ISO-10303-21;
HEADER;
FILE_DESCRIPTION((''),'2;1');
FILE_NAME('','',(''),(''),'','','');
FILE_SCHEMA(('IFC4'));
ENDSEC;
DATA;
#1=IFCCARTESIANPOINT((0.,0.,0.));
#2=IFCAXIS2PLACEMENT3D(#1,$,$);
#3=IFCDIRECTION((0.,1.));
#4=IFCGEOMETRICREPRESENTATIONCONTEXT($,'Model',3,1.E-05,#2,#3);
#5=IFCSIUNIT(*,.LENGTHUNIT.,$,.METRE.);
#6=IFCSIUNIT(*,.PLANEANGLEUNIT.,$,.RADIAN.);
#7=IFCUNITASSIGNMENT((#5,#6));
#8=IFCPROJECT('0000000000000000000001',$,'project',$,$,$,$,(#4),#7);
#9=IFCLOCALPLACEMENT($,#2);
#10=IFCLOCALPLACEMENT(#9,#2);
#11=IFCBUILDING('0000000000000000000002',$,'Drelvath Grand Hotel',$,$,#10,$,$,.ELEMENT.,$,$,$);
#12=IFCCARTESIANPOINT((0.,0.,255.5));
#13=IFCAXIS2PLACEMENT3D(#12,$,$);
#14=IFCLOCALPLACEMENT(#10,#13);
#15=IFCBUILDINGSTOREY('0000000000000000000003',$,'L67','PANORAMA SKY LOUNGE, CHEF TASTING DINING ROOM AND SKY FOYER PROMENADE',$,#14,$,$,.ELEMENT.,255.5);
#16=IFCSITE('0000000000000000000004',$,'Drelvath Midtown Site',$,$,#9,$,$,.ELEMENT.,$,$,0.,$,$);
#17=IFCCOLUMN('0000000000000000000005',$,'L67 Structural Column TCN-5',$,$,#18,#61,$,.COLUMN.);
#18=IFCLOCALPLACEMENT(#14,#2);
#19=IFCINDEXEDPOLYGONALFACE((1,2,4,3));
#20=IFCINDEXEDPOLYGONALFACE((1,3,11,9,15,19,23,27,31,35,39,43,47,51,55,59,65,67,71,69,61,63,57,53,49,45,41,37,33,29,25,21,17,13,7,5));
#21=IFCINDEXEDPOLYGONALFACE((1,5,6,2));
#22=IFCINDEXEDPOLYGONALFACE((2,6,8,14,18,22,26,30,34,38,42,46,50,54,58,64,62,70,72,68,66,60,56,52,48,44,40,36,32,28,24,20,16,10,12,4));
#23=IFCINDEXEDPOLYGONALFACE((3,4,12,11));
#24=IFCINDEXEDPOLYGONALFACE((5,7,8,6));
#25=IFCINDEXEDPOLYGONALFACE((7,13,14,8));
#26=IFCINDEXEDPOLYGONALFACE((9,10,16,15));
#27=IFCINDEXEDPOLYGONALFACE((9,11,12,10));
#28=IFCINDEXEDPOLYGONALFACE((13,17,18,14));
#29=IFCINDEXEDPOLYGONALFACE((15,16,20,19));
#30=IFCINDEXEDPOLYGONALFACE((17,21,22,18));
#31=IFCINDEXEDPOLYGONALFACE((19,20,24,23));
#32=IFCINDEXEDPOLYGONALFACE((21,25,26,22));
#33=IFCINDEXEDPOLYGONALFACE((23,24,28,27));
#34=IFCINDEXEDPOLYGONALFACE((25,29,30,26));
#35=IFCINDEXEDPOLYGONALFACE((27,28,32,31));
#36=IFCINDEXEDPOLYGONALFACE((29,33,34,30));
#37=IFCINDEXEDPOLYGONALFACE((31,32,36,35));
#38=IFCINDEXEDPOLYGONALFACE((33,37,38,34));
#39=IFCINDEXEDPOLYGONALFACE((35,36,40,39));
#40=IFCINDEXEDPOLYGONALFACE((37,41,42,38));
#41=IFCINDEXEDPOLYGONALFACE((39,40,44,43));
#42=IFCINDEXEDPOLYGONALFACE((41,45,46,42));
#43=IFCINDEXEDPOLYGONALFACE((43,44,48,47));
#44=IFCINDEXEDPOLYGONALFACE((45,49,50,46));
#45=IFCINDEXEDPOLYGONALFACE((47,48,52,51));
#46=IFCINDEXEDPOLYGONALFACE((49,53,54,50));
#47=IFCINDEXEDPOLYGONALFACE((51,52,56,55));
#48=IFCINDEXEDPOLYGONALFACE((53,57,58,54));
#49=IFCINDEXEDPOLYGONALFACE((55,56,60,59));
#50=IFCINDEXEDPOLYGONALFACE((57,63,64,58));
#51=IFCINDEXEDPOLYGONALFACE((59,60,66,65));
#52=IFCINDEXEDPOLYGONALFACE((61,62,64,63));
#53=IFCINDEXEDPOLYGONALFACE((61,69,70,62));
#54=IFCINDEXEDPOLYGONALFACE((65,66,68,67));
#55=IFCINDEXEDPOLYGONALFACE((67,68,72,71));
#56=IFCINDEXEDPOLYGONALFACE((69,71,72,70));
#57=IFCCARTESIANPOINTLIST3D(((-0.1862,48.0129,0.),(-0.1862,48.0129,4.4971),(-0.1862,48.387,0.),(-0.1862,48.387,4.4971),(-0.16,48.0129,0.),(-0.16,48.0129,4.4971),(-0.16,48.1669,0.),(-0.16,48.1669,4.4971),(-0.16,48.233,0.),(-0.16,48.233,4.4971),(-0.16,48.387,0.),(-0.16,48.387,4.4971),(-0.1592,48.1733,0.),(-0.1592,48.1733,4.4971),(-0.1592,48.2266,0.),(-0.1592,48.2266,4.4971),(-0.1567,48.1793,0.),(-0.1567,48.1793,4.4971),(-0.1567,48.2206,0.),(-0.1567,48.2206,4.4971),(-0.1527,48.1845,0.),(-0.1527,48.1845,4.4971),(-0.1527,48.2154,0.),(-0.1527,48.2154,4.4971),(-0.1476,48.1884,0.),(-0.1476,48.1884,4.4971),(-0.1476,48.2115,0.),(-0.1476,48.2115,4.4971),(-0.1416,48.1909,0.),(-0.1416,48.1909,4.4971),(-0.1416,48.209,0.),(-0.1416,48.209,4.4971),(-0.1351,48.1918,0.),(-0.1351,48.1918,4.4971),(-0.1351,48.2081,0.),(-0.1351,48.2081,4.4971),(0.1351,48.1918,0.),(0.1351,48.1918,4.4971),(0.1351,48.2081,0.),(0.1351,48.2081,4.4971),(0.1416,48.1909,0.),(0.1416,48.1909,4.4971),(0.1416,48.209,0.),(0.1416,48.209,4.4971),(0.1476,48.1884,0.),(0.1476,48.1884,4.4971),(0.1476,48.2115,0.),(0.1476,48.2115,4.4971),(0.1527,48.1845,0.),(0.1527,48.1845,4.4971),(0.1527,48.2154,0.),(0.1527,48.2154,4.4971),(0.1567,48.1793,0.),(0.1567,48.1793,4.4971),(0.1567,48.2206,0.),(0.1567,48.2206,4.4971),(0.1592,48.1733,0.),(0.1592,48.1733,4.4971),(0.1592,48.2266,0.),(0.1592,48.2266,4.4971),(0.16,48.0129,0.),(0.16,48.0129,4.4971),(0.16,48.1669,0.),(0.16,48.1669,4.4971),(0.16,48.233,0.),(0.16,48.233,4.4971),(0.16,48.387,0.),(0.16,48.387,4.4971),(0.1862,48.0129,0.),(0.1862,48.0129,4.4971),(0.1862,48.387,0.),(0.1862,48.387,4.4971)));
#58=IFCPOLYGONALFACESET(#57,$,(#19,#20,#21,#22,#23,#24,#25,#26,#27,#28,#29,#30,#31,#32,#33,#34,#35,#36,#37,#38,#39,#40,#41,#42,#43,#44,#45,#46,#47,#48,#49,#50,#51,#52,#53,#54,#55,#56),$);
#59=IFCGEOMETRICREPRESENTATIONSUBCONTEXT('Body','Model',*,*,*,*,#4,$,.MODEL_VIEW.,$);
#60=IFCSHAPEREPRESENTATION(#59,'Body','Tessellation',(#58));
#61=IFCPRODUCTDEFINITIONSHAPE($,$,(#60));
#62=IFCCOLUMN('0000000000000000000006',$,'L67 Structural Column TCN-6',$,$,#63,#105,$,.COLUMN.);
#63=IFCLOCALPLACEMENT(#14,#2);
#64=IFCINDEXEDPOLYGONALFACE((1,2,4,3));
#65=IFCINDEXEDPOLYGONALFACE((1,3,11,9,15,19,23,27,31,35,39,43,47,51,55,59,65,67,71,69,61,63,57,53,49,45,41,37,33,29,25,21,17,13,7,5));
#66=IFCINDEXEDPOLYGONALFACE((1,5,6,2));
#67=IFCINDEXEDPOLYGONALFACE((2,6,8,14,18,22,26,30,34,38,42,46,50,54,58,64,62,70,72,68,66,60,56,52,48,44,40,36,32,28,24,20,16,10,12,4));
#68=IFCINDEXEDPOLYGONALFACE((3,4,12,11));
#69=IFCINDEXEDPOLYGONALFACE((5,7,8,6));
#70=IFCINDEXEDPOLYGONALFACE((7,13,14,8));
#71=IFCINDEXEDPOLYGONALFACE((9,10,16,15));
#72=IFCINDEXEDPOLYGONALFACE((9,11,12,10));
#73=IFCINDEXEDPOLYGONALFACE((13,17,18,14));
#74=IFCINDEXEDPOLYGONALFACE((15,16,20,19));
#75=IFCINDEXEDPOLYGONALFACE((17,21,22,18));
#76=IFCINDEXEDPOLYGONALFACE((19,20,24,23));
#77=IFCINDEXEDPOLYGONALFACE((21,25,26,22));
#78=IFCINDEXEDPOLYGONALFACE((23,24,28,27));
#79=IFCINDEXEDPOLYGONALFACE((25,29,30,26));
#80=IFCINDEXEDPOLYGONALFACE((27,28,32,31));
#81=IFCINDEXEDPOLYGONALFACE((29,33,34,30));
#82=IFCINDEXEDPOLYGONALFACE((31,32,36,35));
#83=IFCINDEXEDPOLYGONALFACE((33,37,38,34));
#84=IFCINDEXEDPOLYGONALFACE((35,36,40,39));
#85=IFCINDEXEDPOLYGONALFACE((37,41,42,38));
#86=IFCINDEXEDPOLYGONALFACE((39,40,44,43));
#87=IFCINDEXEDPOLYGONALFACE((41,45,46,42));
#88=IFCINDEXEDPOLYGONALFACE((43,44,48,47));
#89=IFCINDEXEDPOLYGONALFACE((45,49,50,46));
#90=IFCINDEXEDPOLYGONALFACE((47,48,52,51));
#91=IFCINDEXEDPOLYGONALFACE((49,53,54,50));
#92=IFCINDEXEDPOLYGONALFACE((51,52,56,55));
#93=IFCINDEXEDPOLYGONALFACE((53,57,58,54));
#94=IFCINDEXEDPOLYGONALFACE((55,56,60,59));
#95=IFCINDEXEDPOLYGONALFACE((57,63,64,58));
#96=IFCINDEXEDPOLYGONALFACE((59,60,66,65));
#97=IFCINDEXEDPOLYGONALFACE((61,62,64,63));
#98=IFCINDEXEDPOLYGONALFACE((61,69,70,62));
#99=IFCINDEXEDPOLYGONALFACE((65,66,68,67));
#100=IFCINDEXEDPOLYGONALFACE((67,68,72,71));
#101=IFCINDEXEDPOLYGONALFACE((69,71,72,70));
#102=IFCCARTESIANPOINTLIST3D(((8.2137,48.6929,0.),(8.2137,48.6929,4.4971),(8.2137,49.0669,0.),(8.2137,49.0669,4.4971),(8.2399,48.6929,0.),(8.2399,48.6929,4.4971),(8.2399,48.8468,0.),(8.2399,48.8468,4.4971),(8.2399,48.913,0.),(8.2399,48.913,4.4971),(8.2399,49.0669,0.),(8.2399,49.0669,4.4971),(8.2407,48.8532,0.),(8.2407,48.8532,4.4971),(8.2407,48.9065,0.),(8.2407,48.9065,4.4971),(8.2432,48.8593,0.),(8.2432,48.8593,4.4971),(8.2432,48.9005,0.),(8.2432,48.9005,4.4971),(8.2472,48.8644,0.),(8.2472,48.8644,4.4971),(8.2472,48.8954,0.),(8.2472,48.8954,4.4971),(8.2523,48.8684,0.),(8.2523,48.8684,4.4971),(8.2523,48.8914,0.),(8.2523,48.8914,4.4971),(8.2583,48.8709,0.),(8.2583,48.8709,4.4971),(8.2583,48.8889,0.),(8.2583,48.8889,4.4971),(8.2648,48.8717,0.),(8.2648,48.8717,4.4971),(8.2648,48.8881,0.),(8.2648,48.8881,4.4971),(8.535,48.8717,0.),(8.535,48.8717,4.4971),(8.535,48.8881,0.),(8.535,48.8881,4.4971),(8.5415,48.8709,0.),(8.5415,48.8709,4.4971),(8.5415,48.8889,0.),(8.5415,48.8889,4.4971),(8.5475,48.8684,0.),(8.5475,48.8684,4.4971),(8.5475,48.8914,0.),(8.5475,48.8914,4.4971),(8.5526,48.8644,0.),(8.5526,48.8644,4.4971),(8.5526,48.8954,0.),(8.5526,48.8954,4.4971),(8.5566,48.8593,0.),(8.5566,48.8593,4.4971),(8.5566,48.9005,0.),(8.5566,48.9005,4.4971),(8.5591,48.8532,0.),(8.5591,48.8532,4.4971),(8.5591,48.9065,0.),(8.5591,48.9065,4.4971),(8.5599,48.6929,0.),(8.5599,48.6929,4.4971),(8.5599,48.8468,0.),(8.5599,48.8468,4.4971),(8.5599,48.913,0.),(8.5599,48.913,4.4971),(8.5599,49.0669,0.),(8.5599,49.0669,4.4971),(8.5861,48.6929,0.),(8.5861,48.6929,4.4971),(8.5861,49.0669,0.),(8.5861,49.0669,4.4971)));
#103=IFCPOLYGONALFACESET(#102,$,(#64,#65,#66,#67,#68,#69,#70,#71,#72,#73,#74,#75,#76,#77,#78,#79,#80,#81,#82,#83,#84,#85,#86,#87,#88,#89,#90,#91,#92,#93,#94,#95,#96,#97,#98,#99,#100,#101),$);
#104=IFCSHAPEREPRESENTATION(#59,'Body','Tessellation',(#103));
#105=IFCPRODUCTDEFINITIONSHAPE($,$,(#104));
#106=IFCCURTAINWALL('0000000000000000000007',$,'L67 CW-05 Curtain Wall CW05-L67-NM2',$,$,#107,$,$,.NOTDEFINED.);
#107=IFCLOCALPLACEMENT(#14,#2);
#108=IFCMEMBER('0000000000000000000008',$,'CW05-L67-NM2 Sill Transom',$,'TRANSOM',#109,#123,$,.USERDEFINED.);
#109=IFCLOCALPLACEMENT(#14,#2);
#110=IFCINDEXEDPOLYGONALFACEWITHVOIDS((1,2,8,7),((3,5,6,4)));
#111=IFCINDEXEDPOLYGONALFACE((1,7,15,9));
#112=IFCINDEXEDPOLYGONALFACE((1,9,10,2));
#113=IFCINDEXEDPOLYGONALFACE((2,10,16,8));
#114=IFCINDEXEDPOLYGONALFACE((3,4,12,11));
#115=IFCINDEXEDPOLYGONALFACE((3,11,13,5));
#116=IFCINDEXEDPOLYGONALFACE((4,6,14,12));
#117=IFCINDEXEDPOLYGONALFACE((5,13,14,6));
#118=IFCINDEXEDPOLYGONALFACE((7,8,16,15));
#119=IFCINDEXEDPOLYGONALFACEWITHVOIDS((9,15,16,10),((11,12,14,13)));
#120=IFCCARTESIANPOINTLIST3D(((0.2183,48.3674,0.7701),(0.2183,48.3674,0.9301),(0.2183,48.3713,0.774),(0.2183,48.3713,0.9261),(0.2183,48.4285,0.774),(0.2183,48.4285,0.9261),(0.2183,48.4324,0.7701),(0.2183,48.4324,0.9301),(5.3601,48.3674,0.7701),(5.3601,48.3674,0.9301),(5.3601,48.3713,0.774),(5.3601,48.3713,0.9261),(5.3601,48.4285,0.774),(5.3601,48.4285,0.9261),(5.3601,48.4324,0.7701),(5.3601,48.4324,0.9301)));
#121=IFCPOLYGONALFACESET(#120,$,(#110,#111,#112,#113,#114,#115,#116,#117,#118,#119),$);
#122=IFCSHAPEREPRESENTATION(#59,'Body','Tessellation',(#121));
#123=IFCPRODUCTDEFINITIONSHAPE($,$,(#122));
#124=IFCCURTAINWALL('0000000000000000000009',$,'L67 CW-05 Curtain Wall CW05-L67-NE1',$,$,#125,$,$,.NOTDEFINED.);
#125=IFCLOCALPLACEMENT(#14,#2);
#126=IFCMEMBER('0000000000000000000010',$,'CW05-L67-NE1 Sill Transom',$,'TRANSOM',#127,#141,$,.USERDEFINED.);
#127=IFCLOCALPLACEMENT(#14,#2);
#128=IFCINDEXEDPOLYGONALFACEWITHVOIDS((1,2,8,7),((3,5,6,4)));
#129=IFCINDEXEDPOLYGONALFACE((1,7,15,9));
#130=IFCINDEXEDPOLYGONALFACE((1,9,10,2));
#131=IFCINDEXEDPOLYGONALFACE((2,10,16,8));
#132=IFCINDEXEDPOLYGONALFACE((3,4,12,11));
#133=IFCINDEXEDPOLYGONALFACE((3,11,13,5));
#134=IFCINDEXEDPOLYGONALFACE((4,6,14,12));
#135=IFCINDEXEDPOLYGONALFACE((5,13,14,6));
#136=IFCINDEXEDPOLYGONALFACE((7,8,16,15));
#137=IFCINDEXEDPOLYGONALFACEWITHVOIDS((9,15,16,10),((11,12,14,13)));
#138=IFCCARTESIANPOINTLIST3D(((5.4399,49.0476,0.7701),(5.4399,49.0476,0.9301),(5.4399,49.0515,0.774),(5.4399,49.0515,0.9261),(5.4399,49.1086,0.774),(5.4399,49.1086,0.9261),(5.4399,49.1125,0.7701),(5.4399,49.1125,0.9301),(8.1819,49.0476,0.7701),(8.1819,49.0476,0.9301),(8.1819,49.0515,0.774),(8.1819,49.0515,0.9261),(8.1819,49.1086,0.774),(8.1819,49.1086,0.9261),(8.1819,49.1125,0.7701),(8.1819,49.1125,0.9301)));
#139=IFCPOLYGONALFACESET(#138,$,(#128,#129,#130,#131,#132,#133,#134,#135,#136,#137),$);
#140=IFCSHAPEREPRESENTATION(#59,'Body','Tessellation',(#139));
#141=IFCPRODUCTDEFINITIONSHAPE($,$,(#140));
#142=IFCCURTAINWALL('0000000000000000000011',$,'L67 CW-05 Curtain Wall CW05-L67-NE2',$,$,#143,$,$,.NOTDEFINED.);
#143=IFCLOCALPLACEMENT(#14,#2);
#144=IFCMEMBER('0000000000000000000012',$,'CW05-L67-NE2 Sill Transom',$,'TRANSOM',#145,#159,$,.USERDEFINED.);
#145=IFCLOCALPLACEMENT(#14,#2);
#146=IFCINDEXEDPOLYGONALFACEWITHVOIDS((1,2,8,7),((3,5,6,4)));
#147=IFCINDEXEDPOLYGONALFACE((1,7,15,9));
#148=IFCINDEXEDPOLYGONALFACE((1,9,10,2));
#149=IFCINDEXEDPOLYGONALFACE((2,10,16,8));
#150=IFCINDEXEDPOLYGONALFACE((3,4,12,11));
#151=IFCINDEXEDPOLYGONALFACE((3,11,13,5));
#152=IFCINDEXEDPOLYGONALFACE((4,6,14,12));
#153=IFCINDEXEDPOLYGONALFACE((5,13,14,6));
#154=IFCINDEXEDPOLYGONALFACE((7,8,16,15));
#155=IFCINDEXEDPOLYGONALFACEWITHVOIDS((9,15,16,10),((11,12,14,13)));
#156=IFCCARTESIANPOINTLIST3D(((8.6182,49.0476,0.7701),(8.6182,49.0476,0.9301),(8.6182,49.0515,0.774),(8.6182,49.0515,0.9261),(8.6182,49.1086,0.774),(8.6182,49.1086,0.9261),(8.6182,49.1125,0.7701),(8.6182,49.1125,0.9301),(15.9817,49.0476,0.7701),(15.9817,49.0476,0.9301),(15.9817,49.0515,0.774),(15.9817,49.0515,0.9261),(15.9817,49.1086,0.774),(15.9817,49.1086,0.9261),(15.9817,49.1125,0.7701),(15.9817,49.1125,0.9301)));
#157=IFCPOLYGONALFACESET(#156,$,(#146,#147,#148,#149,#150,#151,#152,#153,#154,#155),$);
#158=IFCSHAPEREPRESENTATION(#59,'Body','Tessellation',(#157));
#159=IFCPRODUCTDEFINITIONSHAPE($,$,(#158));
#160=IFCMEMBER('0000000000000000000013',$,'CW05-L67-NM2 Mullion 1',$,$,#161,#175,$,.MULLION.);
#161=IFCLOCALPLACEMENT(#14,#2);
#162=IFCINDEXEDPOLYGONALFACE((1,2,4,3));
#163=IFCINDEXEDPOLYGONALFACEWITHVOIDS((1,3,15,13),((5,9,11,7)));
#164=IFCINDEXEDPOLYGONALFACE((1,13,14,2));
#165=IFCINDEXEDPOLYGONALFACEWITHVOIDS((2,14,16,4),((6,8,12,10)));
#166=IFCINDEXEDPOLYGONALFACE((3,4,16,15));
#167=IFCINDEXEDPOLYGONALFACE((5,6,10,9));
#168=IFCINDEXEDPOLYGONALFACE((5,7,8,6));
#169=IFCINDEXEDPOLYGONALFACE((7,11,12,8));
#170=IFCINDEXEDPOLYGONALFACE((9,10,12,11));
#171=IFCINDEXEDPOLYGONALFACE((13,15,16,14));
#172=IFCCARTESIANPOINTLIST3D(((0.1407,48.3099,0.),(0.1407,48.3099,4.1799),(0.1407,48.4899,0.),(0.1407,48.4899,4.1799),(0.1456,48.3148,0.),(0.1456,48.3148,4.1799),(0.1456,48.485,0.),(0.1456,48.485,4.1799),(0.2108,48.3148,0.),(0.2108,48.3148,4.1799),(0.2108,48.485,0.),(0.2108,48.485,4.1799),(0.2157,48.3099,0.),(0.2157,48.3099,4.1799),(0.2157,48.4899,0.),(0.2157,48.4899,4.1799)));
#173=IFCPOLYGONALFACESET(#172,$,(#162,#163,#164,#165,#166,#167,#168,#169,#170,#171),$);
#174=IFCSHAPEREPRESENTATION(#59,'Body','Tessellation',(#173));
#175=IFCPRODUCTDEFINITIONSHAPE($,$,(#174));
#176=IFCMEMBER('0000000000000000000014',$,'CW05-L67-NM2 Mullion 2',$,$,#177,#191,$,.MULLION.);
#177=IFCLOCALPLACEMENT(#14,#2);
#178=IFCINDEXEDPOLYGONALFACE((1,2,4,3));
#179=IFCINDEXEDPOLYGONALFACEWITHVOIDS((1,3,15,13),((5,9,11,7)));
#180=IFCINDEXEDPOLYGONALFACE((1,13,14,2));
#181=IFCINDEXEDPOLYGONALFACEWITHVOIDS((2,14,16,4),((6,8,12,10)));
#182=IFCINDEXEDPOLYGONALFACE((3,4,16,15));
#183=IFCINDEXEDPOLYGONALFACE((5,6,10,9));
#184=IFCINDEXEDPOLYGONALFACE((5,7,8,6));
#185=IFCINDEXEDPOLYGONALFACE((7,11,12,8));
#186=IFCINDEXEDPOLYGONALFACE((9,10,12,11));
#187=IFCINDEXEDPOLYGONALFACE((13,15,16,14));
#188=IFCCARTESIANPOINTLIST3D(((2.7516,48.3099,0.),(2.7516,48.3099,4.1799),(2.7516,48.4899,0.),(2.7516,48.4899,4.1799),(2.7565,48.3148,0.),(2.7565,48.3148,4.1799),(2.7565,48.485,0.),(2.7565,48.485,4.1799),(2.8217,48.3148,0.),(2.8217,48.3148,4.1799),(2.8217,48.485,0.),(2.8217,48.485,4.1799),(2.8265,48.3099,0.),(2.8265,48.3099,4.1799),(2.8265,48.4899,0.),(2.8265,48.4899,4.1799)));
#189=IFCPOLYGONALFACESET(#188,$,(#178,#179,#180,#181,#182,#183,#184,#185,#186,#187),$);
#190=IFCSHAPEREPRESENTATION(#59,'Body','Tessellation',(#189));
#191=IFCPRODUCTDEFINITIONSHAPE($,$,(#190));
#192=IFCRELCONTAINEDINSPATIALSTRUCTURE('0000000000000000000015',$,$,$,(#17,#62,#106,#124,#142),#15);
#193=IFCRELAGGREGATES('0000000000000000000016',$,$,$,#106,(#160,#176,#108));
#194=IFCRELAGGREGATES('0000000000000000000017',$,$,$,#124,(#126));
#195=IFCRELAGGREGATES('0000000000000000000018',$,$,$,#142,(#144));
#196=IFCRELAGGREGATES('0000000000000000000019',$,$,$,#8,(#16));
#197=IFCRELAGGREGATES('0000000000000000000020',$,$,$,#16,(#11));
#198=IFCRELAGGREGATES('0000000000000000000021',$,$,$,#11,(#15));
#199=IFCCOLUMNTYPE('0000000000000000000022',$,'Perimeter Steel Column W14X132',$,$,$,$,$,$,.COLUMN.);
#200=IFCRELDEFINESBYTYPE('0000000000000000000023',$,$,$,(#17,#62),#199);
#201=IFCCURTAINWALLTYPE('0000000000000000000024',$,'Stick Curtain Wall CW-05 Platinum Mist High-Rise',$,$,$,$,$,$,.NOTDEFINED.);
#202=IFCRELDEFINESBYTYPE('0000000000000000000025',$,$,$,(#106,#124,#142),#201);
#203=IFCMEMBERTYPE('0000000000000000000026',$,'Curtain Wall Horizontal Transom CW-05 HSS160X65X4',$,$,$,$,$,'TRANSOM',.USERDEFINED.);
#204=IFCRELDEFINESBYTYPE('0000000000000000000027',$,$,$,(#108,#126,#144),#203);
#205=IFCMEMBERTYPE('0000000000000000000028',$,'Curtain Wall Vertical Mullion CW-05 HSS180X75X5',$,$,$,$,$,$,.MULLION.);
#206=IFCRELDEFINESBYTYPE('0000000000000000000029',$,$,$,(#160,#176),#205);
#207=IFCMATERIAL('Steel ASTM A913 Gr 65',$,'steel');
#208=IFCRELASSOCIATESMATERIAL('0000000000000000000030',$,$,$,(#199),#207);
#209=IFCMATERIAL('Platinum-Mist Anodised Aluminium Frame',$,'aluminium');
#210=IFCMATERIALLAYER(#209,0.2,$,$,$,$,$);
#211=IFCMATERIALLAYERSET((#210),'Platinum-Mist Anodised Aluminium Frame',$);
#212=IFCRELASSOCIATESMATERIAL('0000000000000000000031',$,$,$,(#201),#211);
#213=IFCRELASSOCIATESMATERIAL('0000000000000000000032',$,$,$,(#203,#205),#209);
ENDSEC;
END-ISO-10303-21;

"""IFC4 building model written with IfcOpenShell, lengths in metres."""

from ifc_helpers import new_model, si_unit, direction, frame, origin, origin_2d, place, context, subcontext, project, spatial, hollow_rectangle, i_section, extrude, material, layer, layer_set, material_profile, profile_set, type_object, element, aggregate, save


model = new_model("IFC4")

# Units and contexts
model_context = context("Model", 3, precision=1e-05, world=origin(), true_north=direction((0.0, 1.0)))
body_context = subcontext(model_context, "Body", "Model", "MODEL_VIEW")
ifc_project = project(units=[si_unit("LENGTHUNIT", "METRE"), si_unit("PLANEANGLEUNIT", "RADIAN")], contexts=[model_context])

# Site, building, storey
site_placement = place(None, origin())
site = spatial("IfcSite", under=ifc_project, at=site_placement, Name="Drelvath Midtown Site", CompositionType="ELEMENT", RefElevation=0.0)
building_placement = place(site_placement, origin())
building = spatial("IfcBuilding", under=site, at=building_placement, Name="Drelvath Grand Hotel", CompositionType="ELEMENT")
storey_placement = place(building_placement, frame((0.0, 0.0, 255.5)))
storey = spatial("IfcBuildingStorey", under=building, at=storey_placement, Name="L67", Description="PANORAMA SKY LOUNGE, CHEF TASTING DINING ROOM AND SKY FOYER PROMENADE", CompositionType="ELEMENT", Elevation=255.5)

# Columns
ifc_material_1 = material(Name="Steel ASTM A913 Gr 65", Category="steel")
ifc_material_profile_1 = material_profile(ifc_material_1, i_section(OverallWidth=0.374, OverallDepth=0.3723, WebThickness=0.0164, FlangeThickness=0.0261, FilletRadius=0.0249, at=origin_2d()), Name="W14X132")
ifc_profile_set_1 = profile_set([ifc_material_profile_1], Name="Steel ASTM A913 Gr 65")
column_type = type_object("IfcColumnType", Name="Perimeter Steel Column W14X132", PredefinedType="COLUMN", material=ifc_profile_set_1)
for number, where, z_axis, x_axis, name in (
    (1, (0.0, 48.2, 0.0), (0.0, 0.0, 1.0), (0.0, 1.0, 0.0), "L67 Structural Column TCN-5"),
    (2, (8.3999, 48.8799, 0.0), (0.0, 0.0, 1.0), (0.0, 1.0, 0.0), "L67 Structural Column TCN-6"),
):
    element("IfcColumn", number, at=place(storey_placement, frame(where, z_axis=z_axis, x_axis=x_axis)), inside=storey, type_object=column_type, Name=name, PredefinedType="COLUMN", context=body_context, shape_type="SweptSolid", body=[
        extrude(i_section(OverallWidth=0.374, OverallDepth=0.3723, WebThickness=0.0164, FlangeThickness=0.0261, FilletRadius=0.0249, at=origin_2d()), origin(), (0.0, 0.0, 1.0), 4.4971),
    ])

# Curtain walls, members
ifc_material_2 = material(Name="Platinum-Mist Anodised Aluminium Frame", Category="aluminium")
ifc_layer_1 = layer(ifc_material_2, 0.2)
ifc_layer_set_1 = layer_set([ifc_layer_1], Name="Platinum-Mist Anodised Aluminium Frame")
curtain_wall_type = type_object("IfcCurtainWallType", Name="Stick Curtain Wall CW-05 Platinum Mist High-Rise", PredefinedType="NOTDEFINED", material=ifc_layer_set_1)
curtain_wall_1_placement = place(storey_placement, origin())
curtain_wall_1 = element("IfcCurtainWall", 3, at=curtain_wall_1_placement, inside=storey, type_object=curtain_wall_type, Name="L67 CW-05 Curtain Wall CW05-L67-NM2", PredefinedType="NOTDEFINED")
ifc_material_profile_2 = material_profile(ifc_material_2, hollow_rectangle(XDim=0.0649, YDim=0.1599, WallThickness=0.0039, at=origin_2d()), Name="HSS160X65X4")
ifc_profile_set_2 = profile_set([ifc_material_profile_2], Name="Platinum-Mist Anodised Aluminium Frame")
member_type_1 = type_object("IfcMemberType", Name="Curtain Wall Horizontal Transom CW-05 HSS160X65X4", ElementType="TRANSOM", PredefinedType="USERDEFINED", material=ifc_profile_set_2)
member_1_placement = place(storey_placement, frame((0.2183, 48.3999, 0.8501), z_axis=(1.0, 0.0, 0.0), x_axis=(0.0, 1.0, 0.0)))
member_1 = element("IfcMember", 4, at=member_1_placement, type_object=member_type_1, Name="CW05-L67-NM2 Sill Transom", ObjectType="TRANSOM", PredefinedType="USERDEFINED", context=body_context, shape_type="SweptSolid", body=[
    extrude(hollow_rectangle(XDim=0.0649, YDim=0.1599, WallThickness=0.0039, at=origin_2d()), origin(), (0.0, 0.0, 1.0), 5.1418),
])
curtain_wall_2_placement = place(storey_placement, origin())
curtain_wall_2 = element("IfcCurtainWall", 5, at=curtain_wall_2_placement, inside=storey, type_object=curtain_wall_type, Name="L67 CW-05 Curtain Wall CW05-L67-NE1", PredefinedType="NOTDEFINED")
member_2_placement = place(storey_placement, frame((5.4399, 49.0801, 0.8501), z_axis=(1.0, 0.0, 0.0), x_axis=(0.0, 1.0, 0.0)))
member_2 = element("IfcMember", 6, at=member_2_placement, type_object=member_type_1, Name="CW05-L67-NE1 Sill Transom", ObjectType="TRANSOM", PredefinedType="USERDEFINED", context=body_context, shape_type="SweptSolid", body=[
    extrude(hollow_rectangle(XDim=0.0649, YDim=0.1599, WallThickness=0.0039, at=origin_2d()), origin(), (0.0, 0.0, 1.0), 2.7419),
])
curtain_wall_3_placement = place(storey_placement, origin())
curtain_wall_3 = element("IfcCurtainWall", 7, at=curtain_wall_3_placement, inside=storey, type_object=curtain_wall_type, Name="L67 CW-05 Curtain Wall CW05-L67-NE2", PredefinedType="NOTDEFINED")
member_3_placement = place(storey_placement, frame((8.6182, 49.0801, 0.8501), z_axis=(1.0, 0.0, 0.0), x_axis=(0.0, 1.0, 0.0)))
member_3 = element("IfcMember", 8, at=member_3_placement, type_object=member_type_1, Name="CW05-L67-NE2 Sill Transom", ObjectType="TRANSOM", PredefinedType="USERDEFINED", context=body_context, shape_type="SweptSolid", body=[
    extrude(hollow_rectangle(XDim=0.0649, YDim=0.1599, WallThickness=0.0039, at=origin_2d()), origin(), (0.0, 0.0, 1.0), 7.3635),
])

# Members
ifc_material_profile_3 = material_profile(ifc_material_2, hollow_rectangle(XDim=0.075, YDim=0.1799, WallThickness=0.0049, at=origin_2d()), Name="HSS180X75X5")
ifc_profile_set_3 = profile_set([ifc_material_profile_3], Name="Platinum-Mist Anodised Aluminium Frame")
member_type_2 = type_object("IfcMemberType", Name="Curtain Wall Vertical Mullion CW-05 HSS180X75X5", PredefinedType="MULLION", material=ifc_profile_set_3)
member_4_placement = place(storey_placement, frame((0.1782, 48.3999, 0.0), z_axis=(0.0, 0.0, 1.0), x_axis=(1.0, 0.0, 0.0)))
member_4 = element("IfcMember", 9, at=member_4_placement, type_object=member_type_2, Name="CW05-L67-NM2 Mullion 1", PredefinedType="MULLION", context=body_context, shape_type="SweptSolid", body=[
    extrude(hollow_rectangle(XDim=0.075, YDim=0.1799, WallThickness=0.0049, at=origin_2d()), origin(), (0.0, 0.0, 1.0), 4.1799),
])
member_5_placement = place(storey_placement, frame((2.7891, 48.3999, 0.0), z_axis=(0.0, 0.0, 1.0), x_axis=(1.0, 0.0, 0.0)))
member_5 = element("IfcMember", 10, at=member_5_placement, type_object=member_type_2, Name="CW05-L67-NM2 Mullion 2", PredefinedType="MULLION", context=body_context, shape_type="SweptSolid", body=[
    extrude(hollow_rectangle(XDim=0.075, YDim=0.1799, WallThickness=0.0049, at=origin_2d()), origin(), (0.0, 0.0, 1.0), 4.1799),
])

aggregate(curtain_wall_1, [member_4, member_5, member_1])
aggregate(curtain_wall_2, [member_2])
aggregate(curtain_wall_3, [member_3])

save(model, "model.ifc")
